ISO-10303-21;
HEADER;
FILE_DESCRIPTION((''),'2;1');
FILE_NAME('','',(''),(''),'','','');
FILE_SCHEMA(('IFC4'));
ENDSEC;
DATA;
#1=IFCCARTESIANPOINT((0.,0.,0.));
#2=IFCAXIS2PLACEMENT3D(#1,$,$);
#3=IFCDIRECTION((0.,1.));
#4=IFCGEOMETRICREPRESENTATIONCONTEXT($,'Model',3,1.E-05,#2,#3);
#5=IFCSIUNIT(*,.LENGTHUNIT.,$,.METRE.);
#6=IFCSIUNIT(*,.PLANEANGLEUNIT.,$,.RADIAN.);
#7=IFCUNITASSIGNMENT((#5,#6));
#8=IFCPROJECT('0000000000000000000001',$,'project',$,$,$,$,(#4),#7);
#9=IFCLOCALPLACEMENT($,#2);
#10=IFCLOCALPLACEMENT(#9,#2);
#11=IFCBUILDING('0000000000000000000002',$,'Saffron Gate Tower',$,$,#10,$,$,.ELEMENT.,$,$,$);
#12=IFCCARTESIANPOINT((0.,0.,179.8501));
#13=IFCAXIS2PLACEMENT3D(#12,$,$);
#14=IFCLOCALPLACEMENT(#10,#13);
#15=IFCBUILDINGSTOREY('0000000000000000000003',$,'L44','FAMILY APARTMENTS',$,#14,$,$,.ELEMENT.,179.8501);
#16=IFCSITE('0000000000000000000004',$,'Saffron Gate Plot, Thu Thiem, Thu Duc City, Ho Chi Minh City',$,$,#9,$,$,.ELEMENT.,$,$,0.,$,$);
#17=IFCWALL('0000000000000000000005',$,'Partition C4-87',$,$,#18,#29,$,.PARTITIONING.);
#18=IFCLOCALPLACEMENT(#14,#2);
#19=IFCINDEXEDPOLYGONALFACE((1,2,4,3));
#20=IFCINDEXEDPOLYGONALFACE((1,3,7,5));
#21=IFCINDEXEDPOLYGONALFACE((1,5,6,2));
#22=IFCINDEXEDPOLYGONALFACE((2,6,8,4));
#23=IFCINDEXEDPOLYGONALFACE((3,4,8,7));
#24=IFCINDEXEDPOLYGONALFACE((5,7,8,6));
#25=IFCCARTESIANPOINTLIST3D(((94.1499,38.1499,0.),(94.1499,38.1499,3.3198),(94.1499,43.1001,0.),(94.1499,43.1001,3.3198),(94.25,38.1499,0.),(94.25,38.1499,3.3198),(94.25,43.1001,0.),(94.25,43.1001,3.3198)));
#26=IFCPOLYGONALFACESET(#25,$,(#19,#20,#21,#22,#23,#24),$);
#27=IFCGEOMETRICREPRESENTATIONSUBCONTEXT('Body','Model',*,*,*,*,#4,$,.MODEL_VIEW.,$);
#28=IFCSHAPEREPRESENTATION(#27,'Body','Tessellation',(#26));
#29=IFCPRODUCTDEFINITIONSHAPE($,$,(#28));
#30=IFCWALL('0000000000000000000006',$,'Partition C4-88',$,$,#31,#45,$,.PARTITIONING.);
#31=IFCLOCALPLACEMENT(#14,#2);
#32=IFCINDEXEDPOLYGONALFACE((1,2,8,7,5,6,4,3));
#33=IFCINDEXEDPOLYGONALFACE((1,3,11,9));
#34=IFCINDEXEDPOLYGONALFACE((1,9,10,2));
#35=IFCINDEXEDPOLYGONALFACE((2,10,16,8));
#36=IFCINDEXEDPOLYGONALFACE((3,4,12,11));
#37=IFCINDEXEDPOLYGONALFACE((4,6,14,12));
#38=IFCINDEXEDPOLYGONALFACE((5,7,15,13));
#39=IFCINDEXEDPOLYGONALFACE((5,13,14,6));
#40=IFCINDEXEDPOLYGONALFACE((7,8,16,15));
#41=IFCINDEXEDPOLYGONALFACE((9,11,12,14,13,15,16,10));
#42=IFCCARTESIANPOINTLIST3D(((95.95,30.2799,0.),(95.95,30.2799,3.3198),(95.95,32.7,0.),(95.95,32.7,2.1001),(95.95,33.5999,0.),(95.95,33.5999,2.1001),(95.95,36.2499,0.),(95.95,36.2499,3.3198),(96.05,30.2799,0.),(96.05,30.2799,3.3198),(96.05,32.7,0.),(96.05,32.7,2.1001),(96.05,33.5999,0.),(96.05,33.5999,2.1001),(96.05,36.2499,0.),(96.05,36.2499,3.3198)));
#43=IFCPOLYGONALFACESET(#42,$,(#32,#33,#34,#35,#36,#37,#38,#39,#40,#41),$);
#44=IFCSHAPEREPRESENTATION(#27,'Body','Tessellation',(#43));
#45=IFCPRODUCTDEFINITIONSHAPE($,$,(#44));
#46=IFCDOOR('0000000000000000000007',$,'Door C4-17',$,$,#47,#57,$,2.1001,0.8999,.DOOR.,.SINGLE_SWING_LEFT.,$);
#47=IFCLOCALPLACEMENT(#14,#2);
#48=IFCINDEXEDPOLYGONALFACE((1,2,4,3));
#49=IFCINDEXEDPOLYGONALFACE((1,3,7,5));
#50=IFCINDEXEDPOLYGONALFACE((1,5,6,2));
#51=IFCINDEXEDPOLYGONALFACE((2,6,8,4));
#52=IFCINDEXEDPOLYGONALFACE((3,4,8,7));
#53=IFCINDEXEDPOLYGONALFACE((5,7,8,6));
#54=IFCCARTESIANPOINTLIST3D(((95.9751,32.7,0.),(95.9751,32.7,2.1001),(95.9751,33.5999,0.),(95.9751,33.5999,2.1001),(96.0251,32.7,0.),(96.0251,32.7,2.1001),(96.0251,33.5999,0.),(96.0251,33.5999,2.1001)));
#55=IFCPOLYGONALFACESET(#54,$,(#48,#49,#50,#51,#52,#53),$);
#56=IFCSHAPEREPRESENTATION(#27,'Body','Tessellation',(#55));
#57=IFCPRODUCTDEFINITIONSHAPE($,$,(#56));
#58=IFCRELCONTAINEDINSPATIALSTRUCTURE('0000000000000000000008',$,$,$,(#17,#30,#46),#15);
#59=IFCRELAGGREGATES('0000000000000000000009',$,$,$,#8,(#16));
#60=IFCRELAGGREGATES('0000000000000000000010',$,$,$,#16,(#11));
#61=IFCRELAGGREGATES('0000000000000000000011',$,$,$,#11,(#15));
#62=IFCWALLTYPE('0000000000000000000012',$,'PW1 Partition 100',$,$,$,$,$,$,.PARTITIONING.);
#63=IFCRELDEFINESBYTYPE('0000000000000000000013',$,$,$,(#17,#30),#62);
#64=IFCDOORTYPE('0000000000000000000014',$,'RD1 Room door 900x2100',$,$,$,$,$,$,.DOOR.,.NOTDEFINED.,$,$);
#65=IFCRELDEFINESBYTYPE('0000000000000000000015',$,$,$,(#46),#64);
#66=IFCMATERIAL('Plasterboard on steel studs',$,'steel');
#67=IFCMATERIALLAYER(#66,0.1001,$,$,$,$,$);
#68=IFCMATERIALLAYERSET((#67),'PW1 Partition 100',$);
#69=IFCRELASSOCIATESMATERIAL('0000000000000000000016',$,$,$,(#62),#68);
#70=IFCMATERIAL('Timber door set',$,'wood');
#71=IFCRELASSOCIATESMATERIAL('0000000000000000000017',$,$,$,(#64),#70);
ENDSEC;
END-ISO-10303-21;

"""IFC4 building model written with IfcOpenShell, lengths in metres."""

from ifc_helpers import new_model, si_unit, direction, frame, frame_2d, origin, place, context, subcontext, project, spatial, rectangle, extrude, material, layer, layer_set, type_object, element, fill, save


model = new_model("IFC4")

# Units and contexts
model_context = context("Model", 3, precision=1e-05, world=origin(), true_north=direction((0.0, 1.0)))
body_context = subcontext(model_context, "Body", "Model", "MODEL_VIEW")
ifc_project = project(units=[si_unit("LENGTHUNIT", "METRE"), si_unit("PLANEANGLEUNIT", "RADIAN")], contexts=[model_context])

# Site, building, storey
site_placement = place(None, origin())
site = spatial("IfcSite", under=ifc_project, at=site_placement, Name="Saffron Gate Plot, Thu Thiem, Thu Duc City, Ho Chi Minh City", CompositionType="ELEMENT", RefElevation=0.0)
building_placement = place(site_placement, origin())
building = spatial("IfcBuilding", under=site, at=building_placement, Name="Saffron Gate Tower", CompositionType="ELEMENT")
storey_placement = place(building_placement, frame((0.0, 0.0, 179.8501)))
storey = spatial("IfcBuildingStorey", under=building, at=storey_placement, Name="L44", Description="FAMILY APARTMENTS", CompositionType="ELEMENT", Elevation=179.8501)

# Shared definitions
ifc_material_1 = material(Name="Plasterboard on steel studs", Category="steel")
ifc_layer = layer(ifc_material_1, 0.1001)
ifc_layer_set = layer_set([ifc_layer], Name="PW1 Partition 100")
wall_type = type_object("IfcWallType", Name="PW1 Partition 100", PredefinedType="PARTITIONING", material=ifc_layer_set)
ifc_material_2 = material(Name="Timber door set", Category="wood")
door_type_1 = type_object("IfcDoorType", Name="RD1 Room door 900x2100", OperationType="NOTDEFINED", PredefinedType="DOOR", material=ifc_material_2)

# Wall
wall_1_placement = place(storey_placement, frame((94.2, 43.1001, 0.0), z_axis=(0.0, 0.0, 1.0), x_axis=(0.0, -1.0, 0.0)))
element("IfcWall", 1, at=wall_1_placement, inside=storey, type_object=wall_type, Name="Partition C4-87", PredefinedType="PARTITIONING", context=body_context, shape_type="SweptSolid", body=[
    extrude(rectangle(XDim=4.9502, YDim=0.1001, at=frame_2d((2.4751, 0.0))), origin(), (0.0, 0.0, 1.0), 3.3198),
])

# Wall, opening, door
wall_2_placement = place(storey_placement, frame((96.0, 30.28, 0.0), z_axis=(0.0, 0.0, 1.0), x_axis=(0.0, 1.0, 0.0)))
wall_2 = element("IfcWall", 2, at=wall_2_placement, inside=storey, type_object=wall_type, Name="Partition C4-88", PredefinedType="PARTITIONING", context=body_context, shape_type="SweptSolid", body=[
    extrude(rectangle(XDim=5.97, YDim=0.1001, at=frame_2d((2.9849, 0.0))), origin(), (0.0, 0.0, 1.0), 3.3198),
])
opening_1_placement = place(wall_2_placement, frame((2.4199, 0.0, 0.0)))
opening_1 = element("IfcOpeningElement", 3, at=opening_1_placement, cuts=wall_2, PredefinedType="OPENING", context=body_context, shape_type="SweptSolid", body=[
    extrude(rectangle(XDim=0.8999, YDim=2.1001, at=frame_2d((0.45, 1.05))), frame((0.0, 0.0601, 0.0), z_axis=(0.0, -1.0, 0.0), x_axis=(1.0, 0.0, 0.0)), (0.0, 0.0, 1.0), 0.1201),
])
door_1_placement = place(opening_1_placement, origin())
door_1 = element("IfcDoor", 4, at=door_1_placement, inside=storey, type_object=door_type_1, Name="Door C4-17", OperationType="SINGLE_SWING_LEFT", OverallHeight=2.1001, OverallWidth=0.8999, PredefinedType="DOOR", context=body_context, shape_type="SweptSolid", body=[
    extrude(rectangle(XDim=0.8999, YDim=2.1001, at=frame_2d((0.45, 1.05))), frame((0.0, 0.0249, 0.0), z_axis=(0.0, -1.0, 0.0), x_axis=(1.0, 0.0, 0.0)), (0.0, 0.0, 1.0), 0.05),
])
fill(opening_1, door_1)

save(model, "model.ifc")
